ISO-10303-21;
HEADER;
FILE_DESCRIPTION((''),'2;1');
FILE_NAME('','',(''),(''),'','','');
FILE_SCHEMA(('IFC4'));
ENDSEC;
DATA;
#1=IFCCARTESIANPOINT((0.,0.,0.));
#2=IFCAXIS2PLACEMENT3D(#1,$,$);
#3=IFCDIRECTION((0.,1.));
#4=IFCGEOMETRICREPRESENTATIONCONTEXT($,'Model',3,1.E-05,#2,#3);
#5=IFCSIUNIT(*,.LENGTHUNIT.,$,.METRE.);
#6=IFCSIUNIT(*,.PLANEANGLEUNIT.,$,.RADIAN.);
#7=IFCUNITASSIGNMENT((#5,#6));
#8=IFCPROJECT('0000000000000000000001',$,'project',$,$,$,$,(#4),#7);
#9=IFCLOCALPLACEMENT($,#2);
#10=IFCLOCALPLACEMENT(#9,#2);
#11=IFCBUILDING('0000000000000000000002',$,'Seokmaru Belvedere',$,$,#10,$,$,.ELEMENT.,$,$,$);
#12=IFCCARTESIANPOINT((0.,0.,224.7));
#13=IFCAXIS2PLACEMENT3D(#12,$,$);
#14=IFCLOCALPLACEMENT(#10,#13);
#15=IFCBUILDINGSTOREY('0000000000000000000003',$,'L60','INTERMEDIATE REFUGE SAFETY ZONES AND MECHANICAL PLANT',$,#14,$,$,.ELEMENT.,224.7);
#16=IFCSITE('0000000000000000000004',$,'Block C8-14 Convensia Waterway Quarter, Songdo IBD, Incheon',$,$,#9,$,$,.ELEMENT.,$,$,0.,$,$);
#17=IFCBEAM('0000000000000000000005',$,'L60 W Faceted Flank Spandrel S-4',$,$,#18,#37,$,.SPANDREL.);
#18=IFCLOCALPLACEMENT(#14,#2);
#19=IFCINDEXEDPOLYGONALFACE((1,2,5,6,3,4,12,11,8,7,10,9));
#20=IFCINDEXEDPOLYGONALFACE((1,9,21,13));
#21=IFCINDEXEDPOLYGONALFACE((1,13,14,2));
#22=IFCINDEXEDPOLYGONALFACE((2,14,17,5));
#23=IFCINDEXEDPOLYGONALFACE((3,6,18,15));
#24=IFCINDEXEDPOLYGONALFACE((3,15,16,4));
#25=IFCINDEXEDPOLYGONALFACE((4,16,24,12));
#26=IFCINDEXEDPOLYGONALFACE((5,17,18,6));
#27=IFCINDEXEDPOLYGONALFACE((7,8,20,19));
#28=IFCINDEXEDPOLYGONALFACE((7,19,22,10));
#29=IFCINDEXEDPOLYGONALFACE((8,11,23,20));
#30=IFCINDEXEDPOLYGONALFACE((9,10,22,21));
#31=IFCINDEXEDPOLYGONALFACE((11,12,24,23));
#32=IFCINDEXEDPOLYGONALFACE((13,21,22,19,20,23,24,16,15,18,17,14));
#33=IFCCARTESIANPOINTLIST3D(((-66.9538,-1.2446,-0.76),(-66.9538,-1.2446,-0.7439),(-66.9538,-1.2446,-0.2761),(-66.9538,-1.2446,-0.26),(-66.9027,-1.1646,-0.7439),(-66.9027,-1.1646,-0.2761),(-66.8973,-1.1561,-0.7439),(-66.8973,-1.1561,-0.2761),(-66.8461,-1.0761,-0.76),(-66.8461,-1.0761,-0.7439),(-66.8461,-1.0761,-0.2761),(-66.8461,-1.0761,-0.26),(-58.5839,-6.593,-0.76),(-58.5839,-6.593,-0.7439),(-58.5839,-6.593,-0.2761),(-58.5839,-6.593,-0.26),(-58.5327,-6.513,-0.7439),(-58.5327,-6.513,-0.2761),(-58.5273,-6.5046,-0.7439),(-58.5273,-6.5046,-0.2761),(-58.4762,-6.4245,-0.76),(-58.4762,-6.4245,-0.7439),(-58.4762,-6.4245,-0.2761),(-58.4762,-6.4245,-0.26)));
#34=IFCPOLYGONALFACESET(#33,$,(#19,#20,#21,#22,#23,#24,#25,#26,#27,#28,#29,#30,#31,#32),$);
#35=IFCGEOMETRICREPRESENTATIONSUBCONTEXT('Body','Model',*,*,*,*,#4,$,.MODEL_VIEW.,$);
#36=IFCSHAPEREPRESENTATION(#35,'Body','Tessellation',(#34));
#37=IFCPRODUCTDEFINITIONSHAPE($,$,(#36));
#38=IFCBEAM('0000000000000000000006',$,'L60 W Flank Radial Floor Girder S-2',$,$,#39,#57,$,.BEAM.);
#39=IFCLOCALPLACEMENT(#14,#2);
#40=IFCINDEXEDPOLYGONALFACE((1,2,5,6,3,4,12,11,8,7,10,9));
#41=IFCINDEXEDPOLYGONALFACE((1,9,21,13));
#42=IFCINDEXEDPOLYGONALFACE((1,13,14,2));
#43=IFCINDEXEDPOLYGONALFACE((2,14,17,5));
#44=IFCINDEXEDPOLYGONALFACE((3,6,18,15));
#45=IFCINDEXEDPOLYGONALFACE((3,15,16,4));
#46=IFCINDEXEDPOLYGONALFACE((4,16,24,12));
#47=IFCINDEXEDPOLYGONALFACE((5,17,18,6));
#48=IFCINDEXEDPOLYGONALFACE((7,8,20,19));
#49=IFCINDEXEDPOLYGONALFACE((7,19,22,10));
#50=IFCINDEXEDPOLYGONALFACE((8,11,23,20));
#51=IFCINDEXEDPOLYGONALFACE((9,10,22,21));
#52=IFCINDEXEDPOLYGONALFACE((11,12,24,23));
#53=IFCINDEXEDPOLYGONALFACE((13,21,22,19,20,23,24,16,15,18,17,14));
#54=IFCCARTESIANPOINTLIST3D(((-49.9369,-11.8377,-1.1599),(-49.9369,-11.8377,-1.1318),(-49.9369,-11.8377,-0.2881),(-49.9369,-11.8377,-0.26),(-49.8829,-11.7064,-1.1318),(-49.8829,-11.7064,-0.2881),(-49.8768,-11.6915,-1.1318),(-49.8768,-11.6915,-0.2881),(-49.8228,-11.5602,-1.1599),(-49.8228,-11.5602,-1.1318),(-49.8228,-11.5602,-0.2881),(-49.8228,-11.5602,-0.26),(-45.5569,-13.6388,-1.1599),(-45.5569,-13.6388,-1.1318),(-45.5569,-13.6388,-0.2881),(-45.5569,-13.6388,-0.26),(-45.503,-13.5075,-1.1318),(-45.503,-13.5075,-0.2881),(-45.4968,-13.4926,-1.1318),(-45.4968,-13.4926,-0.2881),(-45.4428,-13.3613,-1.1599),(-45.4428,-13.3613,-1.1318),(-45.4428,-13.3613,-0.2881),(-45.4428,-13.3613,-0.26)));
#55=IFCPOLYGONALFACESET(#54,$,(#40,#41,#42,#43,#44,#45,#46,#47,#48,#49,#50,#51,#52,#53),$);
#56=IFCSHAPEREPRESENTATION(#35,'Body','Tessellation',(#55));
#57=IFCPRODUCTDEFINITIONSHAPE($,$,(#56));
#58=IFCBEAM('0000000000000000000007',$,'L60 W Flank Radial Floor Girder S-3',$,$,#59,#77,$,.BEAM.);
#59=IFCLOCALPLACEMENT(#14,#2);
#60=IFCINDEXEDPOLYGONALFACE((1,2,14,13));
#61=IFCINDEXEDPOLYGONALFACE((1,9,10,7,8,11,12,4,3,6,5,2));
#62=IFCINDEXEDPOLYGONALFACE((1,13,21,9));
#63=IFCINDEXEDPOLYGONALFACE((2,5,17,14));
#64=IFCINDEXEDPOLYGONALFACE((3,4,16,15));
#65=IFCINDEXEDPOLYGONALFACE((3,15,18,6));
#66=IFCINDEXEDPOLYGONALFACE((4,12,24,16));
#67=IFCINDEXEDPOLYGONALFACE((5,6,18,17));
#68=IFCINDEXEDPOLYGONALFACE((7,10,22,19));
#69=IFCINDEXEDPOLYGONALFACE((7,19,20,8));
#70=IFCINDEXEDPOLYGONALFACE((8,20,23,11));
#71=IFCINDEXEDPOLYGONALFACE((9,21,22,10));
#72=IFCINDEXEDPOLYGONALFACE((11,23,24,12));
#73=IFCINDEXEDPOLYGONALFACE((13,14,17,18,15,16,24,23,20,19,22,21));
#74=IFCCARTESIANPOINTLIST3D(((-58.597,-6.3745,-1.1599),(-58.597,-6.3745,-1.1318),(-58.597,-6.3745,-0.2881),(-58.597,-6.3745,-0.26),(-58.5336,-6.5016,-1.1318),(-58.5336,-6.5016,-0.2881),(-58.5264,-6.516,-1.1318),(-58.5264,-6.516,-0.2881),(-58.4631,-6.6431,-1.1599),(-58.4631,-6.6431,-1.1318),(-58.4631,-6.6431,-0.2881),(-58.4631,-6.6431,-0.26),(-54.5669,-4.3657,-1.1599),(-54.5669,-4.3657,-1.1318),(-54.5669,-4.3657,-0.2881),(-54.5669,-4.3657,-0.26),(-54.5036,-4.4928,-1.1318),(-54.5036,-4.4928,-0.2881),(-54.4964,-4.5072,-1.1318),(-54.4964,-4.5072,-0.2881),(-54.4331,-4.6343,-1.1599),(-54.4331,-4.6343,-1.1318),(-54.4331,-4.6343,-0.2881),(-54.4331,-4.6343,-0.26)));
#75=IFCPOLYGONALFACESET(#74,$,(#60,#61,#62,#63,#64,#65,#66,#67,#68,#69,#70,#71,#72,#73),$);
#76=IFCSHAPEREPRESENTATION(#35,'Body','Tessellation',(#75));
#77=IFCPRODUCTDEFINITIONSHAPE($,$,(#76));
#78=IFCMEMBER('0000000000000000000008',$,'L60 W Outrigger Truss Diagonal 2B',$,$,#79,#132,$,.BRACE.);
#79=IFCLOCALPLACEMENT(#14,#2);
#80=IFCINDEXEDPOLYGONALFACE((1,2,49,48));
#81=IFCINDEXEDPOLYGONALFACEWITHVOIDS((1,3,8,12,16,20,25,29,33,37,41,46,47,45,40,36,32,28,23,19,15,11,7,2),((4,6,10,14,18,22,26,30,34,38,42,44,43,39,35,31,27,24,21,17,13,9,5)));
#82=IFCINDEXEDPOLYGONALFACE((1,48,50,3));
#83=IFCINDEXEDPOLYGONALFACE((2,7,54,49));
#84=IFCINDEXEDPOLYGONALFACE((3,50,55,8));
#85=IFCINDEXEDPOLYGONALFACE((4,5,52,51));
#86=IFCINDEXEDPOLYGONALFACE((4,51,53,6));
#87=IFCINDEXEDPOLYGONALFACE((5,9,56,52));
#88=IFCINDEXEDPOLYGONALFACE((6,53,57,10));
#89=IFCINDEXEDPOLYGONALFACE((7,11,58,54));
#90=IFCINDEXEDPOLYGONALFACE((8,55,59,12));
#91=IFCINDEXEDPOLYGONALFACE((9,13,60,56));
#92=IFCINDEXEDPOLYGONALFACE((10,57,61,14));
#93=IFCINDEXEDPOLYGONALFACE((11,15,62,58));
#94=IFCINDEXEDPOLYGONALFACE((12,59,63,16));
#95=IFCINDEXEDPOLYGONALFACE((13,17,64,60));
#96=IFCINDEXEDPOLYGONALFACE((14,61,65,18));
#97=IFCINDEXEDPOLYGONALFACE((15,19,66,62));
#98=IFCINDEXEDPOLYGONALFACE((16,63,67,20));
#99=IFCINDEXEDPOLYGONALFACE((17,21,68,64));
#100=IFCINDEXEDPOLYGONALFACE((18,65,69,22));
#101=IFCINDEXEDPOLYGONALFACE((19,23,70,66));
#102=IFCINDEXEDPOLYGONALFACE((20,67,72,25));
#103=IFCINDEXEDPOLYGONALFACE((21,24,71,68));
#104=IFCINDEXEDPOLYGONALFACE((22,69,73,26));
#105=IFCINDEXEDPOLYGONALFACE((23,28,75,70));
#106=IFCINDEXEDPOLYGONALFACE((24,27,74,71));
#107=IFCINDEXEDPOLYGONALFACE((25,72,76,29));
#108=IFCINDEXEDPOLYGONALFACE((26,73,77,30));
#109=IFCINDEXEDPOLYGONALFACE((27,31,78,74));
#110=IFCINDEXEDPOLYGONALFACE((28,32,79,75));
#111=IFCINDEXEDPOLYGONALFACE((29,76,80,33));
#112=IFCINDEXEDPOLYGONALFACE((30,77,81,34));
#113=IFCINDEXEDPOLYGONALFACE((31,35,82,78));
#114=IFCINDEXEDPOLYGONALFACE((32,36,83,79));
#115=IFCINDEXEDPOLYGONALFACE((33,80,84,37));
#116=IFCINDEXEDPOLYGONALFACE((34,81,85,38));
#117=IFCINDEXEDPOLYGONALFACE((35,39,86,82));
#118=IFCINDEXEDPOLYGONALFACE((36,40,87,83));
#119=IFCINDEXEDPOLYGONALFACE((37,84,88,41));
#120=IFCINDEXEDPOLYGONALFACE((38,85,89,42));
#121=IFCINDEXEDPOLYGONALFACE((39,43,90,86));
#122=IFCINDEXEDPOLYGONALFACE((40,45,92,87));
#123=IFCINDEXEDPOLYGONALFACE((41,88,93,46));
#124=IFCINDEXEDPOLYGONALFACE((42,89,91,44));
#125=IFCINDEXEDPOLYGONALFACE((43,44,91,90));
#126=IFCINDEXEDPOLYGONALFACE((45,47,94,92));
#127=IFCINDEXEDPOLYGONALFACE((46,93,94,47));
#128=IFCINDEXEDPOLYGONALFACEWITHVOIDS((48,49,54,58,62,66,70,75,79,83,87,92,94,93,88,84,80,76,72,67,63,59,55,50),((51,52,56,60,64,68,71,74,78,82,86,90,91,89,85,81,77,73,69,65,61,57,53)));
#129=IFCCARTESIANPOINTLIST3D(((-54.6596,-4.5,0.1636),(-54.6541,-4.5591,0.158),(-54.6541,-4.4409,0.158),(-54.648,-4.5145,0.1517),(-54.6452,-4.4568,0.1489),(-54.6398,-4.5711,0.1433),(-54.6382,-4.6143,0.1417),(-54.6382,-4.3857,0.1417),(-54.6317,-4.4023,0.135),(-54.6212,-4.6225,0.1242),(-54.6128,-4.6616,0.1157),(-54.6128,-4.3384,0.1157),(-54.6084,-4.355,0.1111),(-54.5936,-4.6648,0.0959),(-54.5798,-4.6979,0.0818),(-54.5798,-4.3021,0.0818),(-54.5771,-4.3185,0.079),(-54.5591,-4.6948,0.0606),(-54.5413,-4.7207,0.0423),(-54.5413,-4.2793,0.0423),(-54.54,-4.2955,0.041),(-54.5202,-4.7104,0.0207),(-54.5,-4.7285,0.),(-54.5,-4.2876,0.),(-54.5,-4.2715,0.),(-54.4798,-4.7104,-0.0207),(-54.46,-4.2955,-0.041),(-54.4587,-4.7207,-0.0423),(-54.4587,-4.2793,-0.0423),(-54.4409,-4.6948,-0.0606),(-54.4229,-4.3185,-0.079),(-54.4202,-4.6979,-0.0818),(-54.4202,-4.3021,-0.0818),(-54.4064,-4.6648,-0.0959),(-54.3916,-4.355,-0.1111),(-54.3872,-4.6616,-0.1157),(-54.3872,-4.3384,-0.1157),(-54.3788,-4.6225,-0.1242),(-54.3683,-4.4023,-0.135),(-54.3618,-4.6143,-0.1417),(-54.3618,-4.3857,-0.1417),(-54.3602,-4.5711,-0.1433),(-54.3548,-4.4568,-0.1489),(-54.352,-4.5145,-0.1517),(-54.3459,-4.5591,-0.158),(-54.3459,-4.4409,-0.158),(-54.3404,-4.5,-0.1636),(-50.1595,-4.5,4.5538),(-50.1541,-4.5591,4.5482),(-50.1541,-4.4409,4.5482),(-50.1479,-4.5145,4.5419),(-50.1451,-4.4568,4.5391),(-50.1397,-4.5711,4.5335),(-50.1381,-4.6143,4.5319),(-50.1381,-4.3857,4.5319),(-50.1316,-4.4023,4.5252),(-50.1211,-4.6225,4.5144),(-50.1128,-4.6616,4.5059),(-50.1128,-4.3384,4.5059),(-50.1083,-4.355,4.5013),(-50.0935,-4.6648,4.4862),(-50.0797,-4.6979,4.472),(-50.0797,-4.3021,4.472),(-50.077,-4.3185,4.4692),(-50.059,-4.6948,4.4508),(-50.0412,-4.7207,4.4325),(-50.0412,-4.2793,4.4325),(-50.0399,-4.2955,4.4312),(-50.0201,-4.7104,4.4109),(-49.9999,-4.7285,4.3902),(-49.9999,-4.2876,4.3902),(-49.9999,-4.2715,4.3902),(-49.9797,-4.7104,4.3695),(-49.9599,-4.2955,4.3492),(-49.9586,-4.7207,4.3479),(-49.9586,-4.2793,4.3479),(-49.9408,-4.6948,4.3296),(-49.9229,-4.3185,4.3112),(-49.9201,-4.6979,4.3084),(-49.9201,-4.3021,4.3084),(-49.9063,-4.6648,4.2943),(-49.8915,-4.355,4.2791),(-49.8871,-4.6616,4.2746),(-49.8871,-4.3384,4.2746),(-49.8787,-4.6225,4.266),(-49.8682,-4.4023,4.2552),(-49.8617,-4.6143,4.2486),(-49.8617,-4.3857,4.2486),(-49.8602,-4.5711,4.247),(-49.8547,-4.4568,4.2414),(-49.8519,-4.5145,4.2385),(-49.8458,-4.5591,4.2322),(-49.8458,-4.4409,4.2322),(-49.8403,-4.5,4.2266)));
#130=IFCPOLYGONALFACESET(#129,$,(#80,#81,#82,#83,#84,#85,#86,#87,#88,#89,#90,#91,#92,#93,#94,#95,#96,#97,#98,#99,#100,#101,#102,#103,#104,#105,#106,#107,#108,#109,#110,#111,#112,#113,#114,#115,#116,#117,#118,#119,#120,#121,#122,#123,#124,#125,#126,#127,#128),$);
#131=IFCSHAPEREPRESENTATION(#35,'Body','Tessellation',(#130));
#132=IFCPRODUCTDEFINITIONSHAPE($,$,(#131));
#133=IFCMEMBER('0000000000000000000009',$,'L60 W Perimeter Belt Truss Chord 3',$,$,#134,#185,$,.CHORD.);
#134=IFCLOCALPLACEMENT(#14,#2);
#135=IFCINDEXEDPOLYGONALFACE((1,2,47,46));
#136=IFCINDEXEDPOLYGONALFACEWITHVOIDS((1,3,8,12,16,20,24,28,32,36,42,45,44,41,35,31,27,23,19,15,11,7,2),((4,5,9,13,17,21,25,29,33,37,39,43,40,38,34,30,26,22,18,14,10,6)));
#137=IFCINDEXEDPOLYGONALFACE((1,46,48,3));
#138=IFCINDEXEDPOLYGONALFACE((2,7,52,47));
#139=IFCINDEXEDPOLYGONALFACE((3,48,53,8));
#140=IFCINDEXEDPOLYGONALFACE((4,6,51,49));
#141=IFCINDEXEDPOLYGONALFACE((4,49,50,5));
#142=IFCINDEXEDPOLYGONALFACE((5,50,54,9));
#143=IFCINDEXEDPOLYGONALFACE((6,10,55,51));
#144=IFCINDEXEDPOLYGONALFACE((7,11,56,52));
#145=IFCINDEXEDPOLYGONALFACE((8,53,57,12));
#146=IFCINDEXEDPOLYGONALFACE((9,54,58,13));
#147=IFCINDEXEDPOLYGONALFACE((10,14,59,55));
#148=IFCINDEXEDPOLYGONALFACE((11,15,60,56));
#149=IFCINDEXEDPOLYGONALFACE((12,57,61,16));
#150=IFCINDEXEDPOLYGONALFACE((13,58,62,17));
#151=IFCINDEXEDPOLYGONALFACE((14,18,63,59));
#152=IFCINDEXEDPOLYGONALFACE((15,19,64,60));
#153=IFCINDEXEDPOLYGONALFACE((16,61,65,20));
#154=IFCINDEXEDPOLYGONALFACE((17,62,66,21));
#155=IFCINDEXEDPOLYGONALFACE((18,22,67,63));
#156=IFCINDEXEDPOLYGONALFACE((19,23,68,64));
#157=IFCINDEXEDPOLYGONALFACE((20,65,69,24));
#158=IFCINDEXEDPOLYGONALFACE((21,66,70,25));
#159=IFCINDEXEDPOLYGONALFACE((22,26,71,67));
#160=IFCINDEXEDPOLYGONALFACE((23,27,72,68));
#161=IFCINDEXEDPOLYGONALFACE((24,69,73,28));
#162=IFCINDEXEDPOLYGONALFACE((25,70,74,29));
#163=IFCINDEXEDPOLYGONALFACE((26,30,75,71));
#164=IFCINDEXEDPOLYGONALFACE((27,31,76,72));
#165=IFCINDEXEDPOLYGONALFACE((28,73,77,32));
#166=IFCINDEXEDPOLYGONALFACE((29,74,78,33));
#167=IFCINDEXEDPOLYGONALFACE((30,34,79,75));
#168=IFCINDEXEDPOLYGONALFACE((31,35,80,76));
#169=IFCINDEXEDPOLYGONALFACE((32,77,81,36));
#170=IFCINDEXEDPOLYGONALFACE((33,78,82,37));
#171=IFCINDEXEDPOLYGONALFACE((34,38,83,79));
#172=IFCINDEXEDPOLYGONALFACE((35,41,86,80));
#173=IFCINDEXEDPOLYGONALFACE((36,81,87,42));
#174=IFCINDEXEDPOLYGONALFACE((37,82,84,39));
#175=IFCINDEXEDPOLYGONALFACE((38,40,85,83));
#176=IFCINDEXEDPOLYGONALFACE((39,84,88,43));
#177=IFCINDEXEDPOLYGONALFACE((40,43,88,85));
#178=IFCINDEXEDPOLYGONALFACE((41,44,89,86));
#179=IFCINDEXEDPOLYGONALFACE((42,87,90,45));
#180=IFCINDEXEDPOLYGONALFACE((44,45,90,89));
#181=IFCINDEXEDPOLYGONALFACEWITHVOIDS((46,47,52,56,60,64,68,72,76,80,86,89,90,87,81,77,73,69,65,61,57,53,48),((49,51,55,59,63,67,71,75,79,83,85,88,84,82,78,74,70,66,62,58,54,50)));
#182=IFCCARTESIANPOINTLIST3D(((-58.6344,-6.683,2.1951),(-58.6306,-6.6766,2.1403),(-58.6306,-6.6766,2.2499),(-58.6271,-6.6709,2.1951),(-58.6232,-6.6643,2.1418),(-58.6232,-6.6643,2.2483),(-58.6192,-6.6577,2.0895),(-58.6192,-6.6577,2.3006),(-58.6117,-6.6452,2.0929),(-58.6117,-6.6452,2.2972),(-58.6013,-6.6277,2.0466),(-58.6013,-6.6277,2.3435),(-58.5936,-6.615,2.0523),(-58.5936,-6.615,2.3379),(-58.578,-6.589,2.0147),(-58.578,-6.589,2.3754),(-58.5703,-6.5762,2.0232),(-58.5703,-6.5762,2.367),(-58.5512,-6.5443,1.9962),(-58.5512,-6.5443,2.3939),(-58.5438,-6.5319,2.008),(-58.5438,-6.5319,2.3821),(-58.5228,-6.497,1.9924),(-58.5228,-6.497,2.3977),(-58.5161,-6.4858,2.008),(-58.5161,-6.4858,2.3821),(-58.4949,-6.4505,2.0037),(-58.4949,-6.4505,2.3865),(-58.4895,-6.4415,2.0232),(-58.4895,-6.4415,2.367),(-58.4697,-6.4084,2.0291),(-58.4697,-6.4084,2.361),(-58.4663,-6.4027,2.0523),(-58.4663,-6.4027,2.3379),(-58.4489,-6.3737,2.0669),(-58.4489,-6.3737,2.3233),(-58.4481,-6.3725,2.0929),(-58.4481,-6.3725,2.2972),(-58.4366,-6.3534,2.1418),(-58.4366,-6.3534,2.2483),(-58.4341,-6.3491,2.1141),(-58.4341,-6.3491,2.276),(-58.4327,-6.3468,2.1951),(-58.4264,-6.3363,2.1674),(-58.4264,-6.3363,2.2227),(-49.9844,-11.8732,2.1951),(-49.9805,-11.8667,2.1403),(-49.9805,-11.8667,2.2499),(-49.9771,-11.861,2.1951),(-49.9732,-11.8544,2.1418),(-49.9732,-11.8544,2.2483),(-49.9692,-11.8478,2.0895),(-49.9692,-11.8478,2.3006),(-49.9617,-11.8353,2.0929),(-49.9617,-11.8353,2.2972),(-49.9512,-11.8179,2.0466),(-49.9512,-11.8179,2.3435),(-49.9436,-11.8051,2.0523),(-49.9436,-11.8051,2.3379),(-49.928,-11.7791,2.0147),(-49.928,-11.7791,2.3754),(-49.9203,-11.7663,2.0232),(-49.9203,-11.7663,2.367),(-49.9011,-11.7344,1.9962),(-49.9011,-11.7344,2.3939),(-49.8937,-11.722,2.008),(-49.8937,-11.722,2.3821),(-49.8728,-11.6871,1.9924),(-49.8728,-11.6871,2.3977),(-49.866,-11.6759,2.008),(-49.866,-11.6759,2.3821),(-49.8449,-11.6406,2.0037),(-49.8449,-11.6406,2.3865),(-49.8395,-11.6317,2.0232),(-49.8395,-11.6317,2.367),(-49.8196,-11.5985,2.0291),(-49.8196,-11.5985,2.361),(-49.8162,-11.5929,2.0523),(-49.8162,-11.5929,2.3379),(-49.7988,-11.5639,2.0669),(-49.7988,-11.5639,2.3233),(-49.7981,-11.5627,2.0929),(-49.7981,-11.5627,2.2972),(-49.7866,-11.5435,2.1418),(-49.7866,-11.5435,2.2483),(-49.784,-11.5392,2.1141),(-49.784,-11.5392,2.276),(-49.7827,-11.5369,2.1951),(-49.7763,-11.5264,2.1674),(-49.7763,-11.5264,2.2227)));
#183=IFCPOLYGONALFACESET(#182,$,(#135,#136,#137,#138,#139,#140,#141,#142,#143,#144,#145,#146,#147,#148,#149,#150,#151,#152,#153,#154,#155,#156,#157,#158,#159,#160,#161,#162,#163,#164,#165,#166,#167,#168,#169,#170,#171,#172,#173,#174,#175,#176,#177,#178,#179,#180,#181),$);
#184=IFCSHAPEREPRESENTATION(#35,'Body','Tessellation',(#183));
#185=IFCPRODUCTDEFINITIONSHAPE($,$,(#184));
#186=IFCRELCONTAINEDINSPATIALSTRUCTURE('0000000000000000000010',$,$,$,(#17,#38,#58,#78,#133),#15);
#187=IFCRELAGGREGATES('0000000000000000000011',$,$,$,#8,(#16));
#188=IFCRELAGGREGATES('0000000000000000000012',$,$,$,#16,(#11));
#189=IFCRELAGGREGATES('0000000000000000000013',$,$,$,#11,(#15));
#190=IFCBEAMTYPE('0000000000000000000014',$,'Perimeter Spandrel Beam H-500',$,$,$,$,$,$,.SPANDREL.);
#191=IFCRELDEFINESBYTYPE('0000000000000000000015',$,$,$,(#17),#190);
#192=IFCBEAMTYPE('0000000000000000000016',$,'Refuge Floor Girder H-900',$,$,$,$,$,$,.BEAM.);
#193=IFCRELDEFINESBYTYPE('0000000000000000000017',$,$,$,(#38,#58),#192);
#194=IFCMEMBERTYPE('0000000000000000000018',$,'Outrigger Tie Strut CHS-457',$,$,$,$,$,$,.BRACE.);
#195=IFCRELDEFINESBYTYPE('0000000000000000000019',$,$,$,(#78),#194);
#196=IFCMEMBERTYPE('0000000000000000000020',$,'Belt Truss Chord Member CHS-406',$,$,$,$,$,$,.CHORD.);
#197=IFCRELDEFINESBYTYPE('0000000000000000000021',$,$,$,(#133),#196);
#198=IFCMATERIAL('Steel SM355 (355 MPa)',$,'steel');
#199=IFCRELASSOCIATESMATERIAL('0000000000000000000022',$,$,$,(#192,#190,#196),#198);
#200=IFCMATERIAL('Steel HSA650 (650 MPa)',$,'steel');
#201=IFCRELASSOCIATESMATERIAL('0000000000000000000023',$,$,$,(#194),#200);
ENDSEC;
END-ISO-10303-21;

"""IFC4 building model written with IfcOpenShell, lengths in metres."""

from ifc_helpers import new_model, si_unit, direction, frame, origin, origin_2d, place, context, subcontext, project, spatial, hollow_circle, i_section, extrude, source, transform, mapped, material, material_profile, profile_set, type_object, type_shapes, element, save


model = new_model("IFC4")

# Units and contexts
model_context = context("Model", 3, precision=1e-05, world=origin(), true_north=direction((0.0, 1.0)))
body_context = subcontext(model_context, "Body", "Model", "MODEL_VIEW")
ifc_project = project(units=[si_unit("LENGTHUNIT", "METRE"), si_unit("PLANEANGLEUNIT", "RADIAN")], contexts=[model_context])

# Site, building, storey
site_placement = place(None, origin())
site = spatial("IfcSite", under=ifc_project, at=site_placement, Name="Block C8-14 Convensia Waterway Quarter, Songdo IBD, Incheon", CompositionType="ELEMENT", RefElevation=0.0)
building_placement = place(site_placement, origin())
building = spatial("IfcBuilding", under=site, at=building_placement, Name="Seokmaru Belvedere", CompositionType="ELEMENT")
storey_placement = place(building_placement, frame((0.0, 0.0, 224.7)))
storey = spatial("IfcBuildingStorey", under=building, at=storey_placement, Name="L60", Description="INTERMEDIATE REFUGE SAFETY ZONES AND MECHANICAL PLANT", CompositionType="ELEMENT", Elevation=224.7)

# Shared definitions
ifc_material_1 = material(Name="Steel SM355 (355 MPa)", Category="steel")

# Beams
ifc_material_profile_1 = material_profile(ifc_material_1, i_section(OverallWidth=0.3, OverallDepth=0.8999, WebThickness=0.0161, FlangeThickness=0.0281, at=origin_2d()), Name="H-900x300x16x28")
ifc_profile_set_1 = profile_set([ifc_material_profile_1], Name="Steel SM355 (355 MPa)")
beam_type_1 = type_object("IfcBeamType", Name="Refuge Floor Girder H-900", PredefinedType="BEAM", material=ifc_profile_set_1)
ifc_material_profile_2 = material_profile(ifc_material_1, i_section(OverallWidth=0.2, OverallDepth=0.5, WebThickness=0.01, FlangeThickness=0.0161, at=origin_2d()), Name="H-500x200x10x16")
ifc_profile_set_2 = profile_set([ifc_material_profile_2], Name="Steel SM355 (355 MPa)")
beam_type_2 = type_object("IfcBeamType", Name="Perimeter Spandrel Beam H-500", PredefinedType="SPANDREL", material=ifc_profile_set_2)
shared_shape_1 = source(origin(), body_context, "Body", "SweptSolid", [
    extrude(i_section(OverallWidth=0.2, OverallDepth=0.5, WebThickness=0.01, FlangeThickness=0.0161, at=origin_2d()), origin(), (0.0, 0.0, 1.0), 9.9329),
])
beam_1_placement = place(storey_placement, frame((-58.53, -6.5088, -0.51), z_axis=(-0.842652, 0.538459, 0.0), x_axis=(-0.538459, -0.842652, 0.0)))
element("IfcBeam", 1, at=beam_1_placement, inside=storey, type_object=beam_type_2, Name="L60 W Faceted Flank Spandrel S-4", PredefinedType="SPANDREL", context=body_context, shape_type="MappedRepresentation", body=[
    mapped(shared_shape_1, transform((0.0, 0.0, 0.0), scale=1.0)),
])
shared_shape_2 = source(origin(), body_context, "Body", "SweptSolid", [
    extrude(i_section(OverallWidth=0.3, OverallDepth=0.8999, WebThickness=0.0161, FlangeThickness=0.0281, at=origin_2d()), origin(), (0.0, 0.0, 1.0), 4.7358),
])
beam_2_placement = place(storey_placement, frame((-49.8799, -11.699, -0.71), z_axis=(0.924861, -0.380306, 0.0), x_axis=(0.380306, 0.924861, 0.0)))
element("IfcBeam", 2, at=beam_2_placement, inside=storey, type_object=beam_type_1, Name="L60 W Flank Radial Floor Girder S-2", PredefinedType="BEAM", context=body_context, shape_type="MappedRepresentation", body=[
    mapped(shared_shape_2, transform((0.0, 0.0, 0.0), scale=1.0)),
])
shared_shape_3 = source(origin(), body_context, "Body", "SweptSolid", [
    extrude(i_section(OverallWidth=0.3, OverallDepth=0.8999, WebThickness=0.0161, FlangeThickness=0.0281, at=origin_2d()), origin(), (0.0, 0.0, 1.0), 4.5029),
])
beam_3_placement = place(storey_placement, frame((-58.53, -6.5088, -0.71), z_axis=(0.89498, 0.446107, 0.0), x_axis=(-0.446107, 0.89498, 0.0)))
element("IfcBeam", 3, at=beam_3_placement, inside=storey, type_object=beam_type_1, Name="L60 W Flank Radial Floor Girder S-3", PredefinedType="BEAM", context=body_context, shape_type="MappedRepresentation", body=[
    mapped(shared_shape_3, transform((0.0, 0.0, 0.0), scale=1.0)),
])

# Members
ifc_material_2 = material(Name="Steel HSA650 (650 MPa)", Category="steel")
ifc_material_profile_3 = material_profile(ifc_material_2, hollow_circle(Radius=0.2285, WallThickness=0.0161, at=origin_2d()), Name="CHS-457.2x16.0")
ifc_profile_set_3 = profile_set([ifc_material_profile_3], Name="Steel HSA650 (650 MPa)")
member_type_1 = type_object("IfcMemberType", Name="Outrigger Tie Strut CHS-457", PredefinedType="BRACE", material=ifc_profile_set_3)
shared_shape_4 = source(origin(), body_context, "Body", "SweptSolid", [
    extrude(hollow_circle(Radius=0.2285, WallThickness=0.0161, at=origin_2d()), origin(), (0.0, 0.0, 1.0), 6.2869),
])
type_shapes(member_type_1, [shared_shape_4])
member_1_placement = place(storey_placement, frame((-54.5, -4.5, 0.0), z_axis=(0.71579, 0.0, 0.698315), x_axis=(0.0, 1.0, 0.0)))
element("IfcMember", 4, at=member_1_placement, inside=storey, type_object=member_type_1, Name="L60 W Outrigger Truss Diagonal 2B", PredefinedType="BRACE", context=body_context, shape_type="MappedRepresentation", body=[
    mapped(shared_shape_4, transform((0.0, 0.0, 0.0), scale=1.0)),
])
ifc_material_profile_4 = material_profile(ifc_material_1, hollow_circle(Radius=0.2031, WallThickness=0.0142, at=origin_2d()), Name="CHS-406.4x14.2")
ifc_profile_set_4 = profile_set([ifc_material_profile_4], Name="Steel SM355 (355 MPa)")
member_type_2 = type_object("IfcMemberType", Name="Belt Truss Chord Member CHS-406", PredefinedType="CHORD", material=ifc_profile_set_4)
shared_shape_5 = source(origin(), body_context, "Body", "SweptSolid", [
    extrude(hollow_circle(Radius=0.2031, WallThickness=0.0142, at=origin_2d()), origin(), (0.0, 0.0, 1.0), 10.0876),
])
member_2_placement = place(storey_placement, frame((-49.8799, -11.699, 2.1951), z_axis=(-0.857489, 0.514503, 0.0), x_axis=(-0.514503, -0.857489, 0.0)))
element("IfcMember", 5, at=member_2_placement, inside=storey, type_object=member_type_2, Name="L60 W Perimeter Belt Truss Chord 3", PredefinedType="CHORD", context=body_context, shape_type="MappedRepresentation", body=[
    mapped(shared_shape_5, transform((0.0, 0.0, 0.0), scale=1.0)),
])

save(model, "model.ifc")
